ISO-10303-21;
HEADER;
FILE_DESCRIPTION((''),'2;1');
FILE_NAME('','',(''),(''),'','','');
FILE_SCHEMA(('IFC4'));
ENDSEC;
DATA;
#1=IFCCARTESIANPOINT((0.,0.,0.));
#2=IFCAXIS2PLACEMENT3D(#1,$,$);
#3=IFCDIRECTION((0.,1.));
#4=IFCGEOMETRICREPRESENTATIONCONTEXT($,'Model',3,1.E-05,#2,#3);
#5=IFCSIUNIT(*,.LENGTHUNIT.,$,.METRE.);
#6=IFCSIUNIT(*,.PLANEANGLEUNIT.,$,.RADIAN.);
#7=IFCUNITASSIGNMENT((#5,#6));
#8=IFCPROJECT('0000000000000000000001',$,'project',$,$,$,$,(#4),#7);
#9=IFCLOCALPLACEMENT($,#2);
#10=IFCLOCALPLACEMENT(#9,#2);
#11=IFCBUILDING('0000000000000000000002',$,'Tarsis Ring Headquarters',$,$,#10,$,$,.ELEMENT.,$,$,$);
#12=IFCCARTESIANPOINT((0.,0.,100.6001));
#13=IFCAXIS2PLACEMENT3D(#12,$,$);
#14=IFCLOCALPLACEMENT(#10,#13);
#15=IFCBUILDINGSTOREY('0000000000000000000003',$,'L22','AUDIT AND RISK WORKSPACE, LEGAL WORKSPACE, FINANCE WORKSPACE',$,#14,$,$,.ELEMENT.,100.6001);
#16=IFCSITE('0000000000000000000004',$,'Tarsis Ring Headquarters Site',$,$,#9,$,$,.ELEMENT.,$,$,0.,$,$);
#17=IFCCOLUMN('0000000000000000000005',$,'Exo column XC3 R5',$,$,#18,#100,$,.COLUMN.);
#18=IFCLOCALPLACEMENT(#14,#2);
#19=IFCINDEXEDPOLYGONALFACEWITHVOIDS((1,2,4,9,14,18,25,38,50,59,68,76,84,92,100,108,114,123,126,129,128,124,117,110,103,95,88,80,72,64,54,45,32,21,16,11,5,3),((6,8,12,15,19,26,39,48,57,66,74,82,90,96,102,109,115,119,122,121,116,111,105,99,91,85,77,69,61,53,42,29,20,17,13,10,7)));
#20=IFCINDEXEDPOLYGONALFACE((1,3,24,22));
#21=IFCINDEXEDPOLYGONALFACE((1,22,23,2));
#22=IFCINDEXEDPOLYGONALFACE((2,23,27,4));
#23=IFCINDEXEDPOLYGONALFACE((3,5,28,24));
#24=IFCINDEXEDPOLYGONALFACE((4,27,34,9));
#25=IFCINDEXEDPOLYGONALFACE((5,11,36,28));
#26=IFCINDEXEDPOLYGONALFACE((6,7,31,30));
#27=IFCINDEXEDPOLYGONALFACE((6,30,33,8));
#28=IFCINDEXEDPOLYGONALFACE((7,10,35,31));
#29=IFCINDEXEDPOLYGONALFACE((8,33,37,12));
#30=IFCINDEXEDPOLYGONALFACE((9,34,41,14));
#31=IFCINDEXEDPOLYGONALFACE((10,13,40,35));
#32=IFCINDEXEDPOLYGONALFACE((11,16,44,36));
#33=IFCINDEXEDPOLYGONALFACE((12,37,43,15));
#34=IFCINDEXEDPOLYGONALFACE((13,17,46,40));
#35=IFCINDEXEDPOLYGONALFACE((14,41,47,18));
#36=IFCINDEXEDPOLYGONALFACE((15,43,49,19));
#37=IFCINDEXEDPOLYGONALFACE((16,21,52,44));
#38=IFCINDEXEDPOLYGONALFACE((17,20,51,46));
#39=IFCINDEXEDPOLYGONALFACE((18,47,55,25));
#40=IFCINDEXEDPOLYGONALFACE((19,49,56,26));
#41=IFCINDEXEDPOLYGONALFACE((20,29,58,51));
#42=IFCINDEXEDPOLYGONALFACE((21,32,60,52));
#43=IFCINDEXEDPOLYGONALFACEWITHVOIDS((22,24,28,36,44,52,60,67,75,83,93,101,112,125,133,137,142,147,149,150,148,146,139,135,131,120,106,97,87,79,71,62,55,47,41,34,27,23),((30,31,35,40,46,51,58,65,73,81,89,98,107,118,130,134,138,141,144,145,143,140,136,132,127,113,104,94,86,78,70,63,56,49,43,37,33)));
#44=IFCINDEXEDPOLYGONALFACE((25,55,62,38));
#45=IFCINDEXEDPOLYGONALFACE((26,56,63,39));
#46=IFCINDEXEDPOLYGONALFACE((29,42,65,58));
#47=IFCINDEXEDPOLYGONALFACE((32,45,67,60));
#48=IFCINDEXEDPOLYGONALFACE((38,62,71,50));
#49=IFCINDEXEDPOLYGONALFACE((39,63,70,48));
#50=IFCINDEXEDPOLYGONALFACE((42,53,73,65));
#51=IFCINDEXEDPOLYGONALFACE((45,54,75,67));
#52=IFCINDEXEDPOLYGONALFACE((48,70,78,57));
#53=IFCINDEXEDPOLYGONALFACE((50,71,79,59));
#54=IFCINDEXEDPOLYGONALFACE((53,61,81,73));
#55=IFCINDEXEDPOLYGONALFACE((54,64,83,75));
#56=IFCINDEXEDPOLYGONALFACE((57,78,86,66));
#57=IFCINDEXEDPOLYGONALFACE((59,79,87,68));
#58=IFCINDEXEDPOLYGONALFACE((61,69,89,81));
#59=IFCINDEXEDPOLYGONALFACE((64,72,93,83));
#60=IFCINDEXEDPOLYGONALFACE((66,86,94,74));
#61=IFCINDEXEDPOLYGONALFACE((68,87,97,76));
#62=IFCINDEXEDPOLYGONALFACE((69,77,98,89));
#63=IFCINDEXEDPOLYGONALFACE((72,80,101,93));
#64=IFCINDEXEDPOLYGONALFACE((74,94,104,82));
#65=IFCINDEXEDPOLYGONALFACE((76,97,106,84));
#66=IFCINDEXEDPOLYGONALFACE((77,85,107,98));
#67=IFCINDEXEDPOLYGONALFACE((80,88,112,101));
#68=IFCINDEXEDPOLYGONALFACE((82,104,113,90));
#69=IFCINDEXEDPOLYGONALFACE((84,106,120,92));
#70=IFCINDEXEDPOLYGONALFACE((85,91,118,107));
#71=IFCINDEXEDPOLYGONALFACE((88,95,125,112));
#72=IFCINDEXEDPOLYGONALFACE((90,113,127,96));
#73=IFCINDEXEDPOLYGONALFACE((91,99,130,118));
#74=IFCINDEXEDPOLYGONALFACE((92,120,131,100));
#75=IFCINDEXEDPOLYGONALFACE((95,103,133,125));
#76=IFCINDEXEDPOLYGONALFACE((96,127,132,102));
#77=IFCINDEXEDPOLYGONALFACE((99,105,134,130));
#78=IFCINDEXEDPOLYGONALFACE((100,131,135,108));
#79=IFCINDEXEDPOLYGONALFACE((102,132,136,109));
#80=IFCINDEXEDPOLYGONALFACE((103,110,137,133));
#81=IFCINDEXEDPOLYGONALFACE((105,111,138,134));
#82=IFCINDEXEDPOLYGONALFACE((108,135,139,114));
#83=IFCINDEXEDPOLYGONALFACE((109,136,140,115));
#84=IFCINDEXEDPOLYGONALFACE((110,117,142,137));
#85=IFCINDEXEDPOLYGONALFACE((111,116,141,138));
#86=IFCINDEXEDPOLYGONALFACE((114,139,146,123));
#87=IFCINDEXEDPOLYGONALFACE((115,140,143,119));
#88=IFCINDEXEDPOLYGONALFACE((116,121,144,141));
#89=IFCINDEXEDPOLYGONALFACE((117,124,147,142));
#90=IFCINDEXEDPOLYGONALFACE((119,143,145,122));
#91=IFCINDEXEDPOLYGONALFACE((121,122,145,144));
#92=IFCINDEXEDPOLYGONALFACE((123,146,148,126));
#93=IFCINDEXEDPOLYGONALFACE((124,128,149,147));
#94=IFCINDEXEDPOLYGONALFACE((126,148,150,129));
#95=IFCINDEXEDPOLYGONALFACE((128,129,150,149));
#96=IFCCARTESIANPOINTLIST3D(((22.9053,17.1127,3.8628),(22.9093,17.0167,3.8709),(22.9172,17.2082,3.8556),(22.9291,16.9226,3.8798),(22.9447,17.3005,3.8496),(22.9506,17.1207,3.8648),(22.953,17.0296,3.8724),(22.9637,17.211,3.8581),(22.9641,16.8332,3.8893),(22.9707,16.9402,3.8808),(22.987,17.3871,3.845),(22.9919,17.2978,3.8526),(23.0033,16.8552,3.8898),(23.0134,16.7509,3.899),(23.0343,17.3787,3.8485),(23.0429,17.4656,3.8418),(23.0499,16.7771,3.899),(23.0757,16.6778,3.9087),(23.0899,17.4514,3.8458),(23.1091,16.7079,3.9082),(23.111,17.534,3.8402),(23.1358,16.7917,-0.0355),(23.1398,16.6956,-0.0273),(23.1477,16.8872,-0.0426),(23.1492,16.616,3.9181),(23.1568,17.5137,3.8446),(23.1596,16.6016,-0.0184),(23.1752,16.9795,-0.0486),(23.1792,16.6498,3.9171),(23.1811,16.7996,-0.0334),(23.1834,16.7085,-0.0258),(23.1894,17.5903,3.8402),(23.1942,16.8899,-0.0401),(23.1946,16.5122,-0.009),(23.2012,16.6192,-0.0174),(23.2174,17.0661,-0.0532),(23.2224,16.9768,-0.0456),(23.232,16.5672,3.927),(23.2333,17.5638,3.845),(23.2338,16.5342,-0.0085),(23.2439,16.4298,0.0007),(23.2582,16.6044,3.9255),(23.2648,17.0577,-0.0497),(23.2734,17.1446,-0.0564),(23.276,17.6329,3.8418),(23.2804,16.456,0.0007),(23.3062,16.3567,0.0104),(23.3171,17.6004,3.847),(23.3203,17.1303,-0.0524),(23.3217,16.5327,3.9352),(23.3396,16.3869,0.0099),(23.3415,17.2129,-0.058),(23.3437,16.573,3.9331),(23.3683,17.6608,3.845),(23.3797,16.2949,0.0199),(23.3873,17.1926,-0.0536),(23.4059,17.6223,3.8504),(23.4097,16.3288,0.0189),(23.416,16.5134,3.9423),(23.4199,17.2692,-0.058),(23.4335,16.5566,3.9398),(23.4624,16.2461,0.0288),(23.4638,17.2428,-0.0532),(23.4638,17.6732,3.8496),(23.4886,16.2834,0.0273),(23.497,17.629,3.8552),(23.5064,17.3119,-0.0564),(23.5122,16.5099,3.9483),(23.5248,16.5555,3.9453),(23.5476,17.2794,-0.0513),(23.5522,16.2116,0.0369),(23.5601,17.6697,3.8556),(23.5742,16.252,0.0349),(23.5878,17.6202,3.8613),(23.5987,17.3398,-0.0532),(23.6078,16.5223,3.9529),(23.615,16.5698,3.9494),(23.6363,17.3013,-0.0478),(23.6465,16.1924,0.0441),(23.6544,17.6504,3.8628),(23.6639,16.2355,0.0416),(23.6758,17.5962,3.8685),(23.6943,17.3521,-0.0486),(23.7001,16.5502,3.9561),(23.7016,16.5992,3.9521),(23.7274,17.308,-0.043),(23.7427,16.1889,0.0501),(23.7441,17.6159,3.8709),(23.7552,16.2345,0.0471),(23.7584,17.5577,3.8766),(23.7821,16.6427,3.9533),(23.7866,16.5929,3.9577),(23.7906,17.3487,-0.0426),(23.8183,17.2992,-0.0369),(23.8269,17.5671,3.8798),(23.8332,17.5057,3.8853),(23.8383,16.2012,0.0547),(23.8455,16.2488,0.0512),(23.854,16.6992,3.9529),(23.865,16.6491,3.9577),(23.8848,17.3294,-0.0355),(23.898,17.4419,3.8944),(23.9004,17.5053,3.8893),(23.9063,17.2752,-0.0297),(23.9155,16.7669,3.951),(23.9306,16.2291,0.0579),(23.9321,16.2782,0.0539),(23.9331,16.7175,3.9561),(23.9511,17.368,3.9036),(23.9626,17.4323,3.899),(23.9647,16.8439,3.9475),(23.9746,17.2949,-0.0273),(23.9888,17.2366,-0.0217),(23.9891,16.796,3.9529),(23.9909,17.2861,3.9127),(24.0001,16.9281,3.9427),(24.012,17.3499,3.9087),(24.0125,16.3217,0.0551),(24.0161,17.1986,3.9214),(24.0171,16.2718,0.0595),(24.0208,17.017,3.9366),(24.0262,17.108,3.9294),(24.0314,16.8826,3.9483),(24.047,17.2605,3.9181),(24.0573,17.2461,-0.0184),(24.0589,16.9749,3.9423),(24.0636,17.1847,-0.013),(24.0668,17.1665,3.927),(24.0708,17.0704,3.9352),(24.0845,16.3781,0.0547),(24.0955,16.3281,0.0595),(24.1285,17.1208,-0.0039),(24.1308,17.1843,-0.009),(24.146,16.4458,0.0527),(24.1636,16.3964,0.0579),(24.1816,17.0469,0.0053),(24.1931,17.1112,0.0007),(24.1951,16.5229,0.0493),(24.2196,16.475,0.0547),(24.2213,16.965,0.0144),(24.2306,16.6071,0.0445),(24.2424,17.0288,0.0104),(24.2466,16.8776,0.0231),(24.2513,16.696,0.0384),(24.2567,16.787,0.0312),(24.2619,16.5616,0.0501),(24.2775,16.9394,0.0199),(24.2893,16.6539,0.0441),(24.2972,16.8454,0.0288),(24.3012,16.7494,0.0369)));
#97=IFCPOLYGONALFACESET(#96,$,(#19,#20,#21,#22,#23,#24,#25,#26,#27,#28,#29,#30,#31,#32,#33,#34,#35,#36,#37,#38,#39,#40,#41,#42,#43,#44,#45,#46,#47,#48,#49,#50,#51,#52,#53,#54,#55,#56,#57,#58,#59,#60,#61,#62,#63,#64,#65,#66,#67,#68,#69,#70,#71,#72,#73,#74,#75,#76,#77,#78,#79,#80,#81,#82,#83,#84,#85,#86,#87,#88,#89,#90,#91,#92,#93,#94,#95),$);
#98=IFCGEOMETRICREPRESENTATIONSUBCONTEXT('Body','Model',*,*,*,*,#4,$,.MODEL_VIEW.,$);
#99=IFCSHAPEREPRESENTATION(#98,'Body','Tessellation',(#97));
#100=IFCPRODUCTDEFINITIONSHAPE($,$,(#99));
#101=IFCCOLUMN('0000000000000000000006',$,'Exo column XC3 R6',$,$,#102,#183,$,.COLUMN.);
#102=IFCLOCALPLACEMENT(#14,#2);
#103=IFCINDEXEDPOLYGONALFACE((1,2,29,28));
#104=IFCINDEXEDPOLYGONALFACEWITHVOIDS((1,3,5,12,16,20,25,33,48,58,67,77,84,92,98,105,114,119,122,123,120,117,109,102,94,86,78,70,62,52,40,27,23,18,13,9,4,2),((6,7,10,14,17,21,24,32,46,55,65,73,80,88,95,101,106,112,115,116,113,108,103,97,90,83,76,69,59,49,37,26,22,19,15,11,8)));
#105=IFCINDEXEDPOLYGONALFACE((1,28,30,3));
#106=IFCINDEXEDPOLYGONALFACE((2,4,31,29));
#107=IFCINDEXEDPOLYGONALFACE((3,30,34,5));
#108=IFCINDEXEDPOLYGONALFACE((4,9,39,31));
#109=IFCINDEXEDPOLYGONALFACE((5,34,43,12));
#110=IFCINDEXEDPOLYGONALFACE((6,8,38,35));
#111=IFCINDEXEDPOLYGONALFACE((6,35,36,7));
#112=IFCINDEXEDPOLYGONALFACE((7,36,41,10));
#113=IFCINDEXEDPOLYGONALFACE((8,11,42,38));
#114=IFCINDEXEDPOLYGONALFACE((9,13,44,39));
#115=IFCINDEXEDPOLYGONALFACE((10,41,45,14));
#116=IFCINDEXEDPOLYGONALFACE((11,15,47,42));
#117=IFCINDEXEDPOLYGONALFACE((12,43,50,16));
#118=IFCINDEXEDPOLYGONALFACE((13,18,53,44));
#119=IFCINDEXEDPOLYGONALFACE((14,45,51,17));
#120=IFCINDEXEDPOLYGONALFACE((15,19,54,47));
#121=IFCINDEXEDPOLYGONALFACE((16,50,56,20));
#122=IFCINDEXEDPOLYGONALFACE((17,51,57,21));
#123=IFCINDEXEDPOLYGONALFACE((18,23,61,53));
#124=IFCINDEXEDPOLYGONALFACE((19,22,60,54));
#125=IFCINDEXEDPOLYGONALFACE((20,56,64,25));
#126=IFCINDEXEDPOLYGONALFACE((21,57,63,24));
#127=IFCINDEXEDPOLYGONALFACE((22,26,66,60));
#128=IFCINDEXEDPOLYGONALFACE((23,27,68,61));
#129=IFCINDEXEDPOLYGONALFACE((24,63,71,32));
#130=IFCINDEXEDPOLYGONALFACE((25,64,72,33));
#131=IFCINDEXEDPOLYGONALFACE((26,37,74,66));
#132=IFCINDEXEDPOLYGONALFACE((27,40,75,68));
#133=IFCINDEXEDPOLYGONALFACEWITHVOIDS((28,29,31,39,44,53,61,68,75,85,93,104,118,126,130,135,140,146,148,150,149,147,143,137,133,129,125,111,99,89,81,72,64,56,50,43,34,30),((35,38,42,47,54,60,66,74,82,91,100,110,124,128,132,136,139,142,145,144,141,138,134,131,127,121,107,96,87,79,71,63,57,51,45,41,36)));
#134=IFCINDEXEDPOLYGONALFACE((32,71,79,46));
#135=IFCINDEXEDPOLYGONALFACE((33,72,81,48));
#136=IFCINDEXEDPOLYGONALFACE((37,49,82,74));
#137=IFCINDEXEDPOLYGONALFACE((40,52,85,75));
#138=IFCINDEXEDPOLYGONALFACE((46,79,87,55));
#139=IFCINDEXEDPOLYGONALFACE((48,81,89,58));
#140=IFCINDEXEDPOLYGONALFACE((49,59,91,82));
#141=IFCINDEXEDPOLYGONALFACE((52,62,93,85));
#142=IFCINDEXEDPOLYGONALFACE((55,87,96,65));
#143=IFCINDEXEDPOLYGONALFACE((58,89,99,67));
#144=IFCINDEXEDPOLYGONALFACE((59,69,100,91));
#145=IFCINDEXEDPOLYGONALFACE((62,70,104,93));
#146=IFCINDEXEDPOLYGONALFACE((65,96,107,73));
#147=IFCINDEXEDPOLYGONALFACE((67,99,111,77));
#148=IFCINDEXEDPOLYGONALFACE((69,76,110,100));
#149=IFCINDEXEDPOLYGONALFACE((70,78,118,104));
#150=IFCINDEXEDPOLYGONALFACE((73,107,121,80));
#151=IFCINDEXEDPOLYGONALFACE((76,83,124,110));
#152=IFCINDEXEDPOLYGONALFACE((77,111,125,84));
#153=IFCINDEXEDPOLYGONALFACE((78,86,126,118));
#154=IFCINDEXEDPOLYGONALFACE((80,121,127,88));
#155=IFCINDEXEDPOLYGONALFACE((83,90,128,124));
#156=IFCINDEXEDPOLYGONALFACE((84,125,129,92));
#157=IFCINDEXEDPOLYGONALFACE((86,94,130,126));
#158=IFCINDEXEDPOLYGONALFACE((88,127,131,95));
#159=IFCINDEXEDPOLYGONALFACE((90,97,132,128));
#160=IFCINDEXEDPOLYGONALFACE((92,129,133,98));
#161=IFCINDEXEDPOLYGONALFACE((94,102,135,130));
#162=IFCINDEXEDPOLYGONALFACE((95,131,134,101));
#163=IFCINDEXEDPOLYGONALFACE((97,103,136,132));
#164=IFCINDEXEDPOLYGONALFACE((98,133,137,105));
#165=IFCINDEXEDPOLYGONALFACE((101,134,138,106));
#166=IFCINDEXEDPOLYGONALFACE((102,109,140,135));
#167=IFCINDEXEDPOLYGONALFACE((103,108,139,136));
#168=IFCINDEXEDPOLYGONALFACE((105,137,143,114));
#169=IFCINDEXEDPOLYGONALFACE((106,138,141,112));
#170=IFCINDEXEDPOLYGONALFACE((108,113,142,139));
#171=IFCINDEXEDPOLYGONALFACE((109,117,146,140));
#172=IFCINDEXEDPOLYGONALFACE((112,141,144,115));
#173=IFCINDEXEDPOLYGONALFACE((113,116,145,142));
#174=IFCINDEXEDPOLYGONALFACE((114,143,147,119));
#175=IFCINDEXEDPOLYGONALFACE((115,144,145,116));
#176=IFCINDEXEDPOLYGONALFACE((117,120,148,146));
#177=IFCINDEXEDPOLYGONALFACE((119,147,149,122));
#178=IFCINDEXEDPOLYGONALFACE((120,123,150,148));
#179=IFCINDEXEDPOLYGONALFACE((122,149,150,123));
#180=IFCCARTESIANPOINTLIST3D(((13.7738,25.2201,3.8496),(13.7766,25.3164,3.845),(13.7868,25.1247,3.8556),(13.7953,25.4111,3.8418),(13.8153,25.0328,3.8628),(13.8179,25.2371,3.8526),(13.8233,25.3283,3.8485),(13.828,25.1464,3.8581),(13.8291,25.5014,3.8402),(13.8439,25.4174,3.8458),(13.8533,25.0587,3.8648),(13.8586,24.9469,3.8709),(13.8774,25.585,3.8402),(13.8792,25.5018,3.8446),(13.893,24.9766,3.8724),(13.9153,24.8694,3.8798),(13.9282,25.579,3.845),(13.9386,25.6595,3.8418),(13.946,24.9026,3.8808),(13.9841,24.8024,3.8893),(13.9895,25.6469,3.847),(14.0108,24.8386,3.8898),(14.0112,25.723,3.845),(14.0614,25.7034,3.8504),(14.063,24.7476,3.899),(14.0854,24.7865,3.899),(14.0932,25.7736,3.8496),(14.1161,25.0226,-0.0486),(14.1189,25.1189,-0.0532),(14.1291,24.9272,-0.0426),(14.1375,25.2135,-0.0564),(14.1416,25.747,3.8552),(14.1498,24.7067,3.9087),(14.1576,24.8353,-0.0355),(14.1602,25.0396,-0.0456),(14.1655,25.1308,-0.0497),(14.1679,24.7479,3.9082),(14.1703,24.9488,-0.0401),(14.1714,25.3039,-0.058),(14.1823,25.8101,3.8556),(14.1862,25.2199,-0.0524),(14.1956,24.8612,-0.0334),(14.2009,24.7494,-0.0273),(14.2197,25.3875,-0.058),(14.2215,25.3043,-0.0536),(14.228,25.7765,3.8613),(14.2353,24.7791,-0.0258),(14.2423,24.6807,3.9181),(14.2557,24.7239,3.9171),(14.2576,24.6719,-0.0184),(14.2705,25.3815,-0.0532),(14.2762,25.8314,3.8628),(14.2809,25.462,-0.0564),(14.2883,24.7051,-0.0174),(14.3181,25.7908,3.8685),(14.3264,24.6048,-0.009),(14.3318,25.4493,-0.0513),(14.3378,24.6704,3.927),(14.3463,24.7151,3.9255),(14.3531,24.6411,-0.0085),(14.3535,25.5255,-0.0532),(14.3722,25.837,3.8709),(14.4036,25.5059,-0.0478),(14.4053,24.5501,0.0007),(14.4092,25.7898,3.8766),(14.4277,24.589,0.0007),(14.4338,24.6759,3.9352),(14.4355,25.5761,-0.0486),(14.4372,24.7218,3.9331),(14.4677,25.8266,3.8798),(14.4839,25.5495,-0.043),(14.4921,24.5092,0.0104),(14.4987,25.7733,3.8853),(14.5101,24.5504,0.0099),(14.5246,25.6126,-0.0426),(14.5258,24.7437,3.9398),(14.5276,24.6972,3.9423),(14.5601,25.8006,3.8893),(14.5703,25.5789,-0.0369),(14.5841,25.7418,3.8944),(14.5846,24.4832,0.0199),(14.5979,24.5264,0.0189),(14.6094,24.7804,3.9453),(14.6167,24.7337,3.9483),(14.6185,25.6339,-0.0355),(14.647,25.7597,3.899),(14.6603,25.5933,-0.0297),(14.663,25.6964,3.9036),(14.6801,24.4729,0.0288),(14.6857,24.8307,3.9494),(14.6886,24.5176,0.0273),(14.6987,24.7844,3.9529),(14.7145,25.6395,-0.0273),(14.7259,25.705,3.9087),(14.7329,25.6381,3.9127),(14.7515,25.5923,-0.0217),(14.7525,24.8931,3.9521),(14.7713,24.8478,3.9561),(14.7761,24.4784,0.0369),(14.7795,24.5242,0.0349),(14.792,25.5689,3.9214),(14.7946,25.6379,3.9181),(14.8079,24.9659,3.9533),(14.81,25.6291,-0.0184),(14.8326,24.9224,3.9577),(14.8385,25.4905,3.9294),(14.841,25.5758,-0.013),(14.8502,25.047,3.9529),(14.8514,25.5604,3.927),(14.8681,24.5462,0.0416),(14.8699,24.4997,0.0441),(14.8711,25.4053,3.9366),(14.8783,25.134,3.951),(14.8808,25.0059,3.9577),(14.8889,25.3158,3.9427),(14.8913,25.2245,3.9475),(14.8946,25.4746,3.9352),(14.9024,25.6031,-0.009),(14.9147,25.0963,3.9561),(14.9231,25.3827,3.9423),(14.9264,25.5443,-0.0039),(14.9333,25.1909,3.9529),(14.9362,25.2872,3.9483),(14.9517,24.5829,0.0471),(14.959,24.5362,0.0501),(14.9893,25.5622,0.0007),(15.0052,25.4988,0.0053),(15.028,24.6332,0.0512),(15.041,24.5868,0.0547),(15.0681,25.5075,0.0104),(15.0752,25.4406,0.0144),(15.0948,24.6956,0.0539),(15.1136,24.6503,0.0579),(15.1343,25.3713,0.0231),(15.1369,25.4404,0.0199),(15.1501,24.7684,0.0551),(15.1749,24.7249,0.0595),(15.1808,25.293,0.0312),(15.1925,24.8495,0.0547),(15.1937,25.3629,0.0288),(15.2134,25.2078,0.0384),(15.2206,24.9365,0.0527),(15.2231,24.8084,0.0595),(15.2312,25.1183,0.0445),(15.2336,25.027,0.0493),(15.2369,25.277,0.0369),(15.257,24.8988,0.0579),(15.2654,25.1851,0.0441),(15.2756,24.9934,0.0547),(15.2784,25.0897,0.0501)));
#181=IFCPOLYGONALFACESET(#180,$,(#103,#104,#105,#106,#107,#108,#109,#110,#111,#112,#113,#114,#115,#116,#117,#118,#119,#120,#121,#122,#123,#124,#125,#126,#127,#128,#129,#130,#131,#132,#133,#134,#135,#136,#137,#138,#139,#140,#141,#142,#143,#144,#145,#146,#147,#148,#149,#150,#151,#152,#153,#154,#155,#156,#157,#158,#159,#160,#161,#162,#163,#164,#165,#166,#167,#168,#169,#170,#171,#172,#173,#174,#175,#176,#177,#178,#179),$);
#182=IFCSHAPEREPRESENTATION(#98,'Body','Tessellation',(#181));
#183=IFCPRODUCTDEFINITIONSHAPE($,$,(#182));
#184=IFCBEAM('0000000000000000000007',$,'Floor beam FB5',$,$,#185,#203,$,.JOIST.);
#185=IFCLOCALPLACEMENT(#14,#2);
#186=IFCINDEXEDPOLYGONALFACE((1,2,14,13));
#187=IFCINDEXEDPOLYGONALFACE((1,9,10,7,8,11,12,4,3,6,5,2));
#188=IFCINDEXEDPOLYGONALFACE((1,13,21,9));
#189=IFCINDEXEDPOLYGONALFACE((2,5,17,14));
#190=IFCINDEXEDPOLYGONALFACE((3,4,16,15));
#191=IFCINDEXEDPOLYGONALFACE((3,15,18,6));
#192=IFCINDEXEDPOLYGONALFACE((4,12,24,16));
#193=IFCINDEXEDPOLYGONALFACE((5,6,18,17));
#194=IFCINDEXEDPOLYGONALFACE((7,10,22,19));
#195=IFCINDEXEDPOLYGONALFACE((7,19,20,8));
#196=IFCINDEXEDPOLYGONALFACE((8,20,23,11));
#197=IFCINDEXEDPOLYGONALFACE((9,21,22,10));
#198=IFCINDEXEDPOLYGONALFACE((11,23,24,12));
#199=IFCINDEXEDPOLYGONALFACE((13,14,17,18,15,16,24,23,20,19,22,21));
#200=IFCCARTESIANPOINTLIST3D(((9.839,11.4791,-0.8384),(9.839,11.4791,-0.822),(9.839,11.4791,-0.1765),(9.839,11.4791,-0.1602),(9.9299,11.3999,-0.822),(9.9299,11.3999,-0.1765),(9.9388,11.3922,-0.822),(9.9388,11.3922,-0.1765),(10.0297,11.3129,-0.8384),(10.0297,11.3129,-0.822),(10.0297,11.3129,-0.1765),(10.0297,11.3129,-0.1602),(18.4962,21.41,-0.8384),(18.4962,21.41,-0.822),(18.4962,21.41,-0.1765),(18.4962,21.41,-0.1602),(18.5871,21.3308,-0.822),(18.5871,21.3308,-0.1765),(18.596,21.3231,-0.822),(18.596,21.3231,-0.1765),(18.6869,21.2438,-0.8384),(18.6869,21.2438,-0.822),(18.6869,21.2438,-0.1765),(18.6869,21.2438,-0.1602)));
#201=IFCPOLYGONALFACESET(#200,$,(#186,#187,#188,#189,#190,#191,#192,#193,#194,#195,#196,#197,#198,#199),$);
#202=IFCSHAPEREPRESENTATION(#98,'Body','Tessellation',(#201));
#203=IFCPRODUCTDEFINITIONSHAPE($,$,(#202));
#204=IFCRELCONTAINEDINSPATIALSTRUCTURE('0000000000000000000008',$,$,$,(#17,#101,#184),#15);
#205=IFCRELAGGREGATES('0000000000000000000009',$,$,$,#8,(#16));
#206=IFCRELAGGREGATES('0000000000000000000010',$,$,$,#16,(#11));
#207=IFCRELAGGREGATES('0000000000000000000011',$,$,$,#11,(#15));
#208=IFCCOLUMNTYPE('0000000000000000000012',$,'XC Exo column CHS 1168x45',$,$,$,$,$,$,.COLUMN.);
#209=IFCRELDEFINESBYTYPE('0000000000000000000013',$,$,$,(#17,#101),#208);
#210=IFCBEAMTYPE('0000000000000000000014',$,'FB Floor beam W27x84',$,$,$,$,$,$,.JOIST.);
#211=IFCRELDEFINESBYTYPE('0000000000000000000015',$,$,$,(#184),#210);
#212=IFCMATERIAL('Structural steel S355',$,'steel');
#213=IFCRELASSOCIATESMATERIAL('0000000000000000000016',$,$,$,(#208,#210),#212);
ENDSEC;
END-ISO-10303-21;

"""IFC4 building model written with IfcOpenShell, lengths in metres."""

from ifc_helpers import new_model, si_unit, direction, frame, origin, origin_2d, place, context, subcontext, project, spatial, hollow_circle, i_section, extrude, material, material_profile, profile_set, type_object, element, save


model = new_model("IFC4")

# Units and contexts
model_context = context("Model", 3, precision=1e-05, world=origin(), true_north=direction((0.0, 1.0)))
body_context = subcontext(model_context, "Body", "Model", "MODEL_VIEW")
ifc_project = project(units=[si_unit("LENGTHUNIT", "METRE"), si_unit("PLANEANGLEUNIT", "RADIAN")], contexts=[model_context])

# Site, building, storey
site_placement = place(None, origin())
site = spatial("IfcSite", under=ifc_project, at=site_placement, Name="Tarsis Ring Headquarters Site", CompositionType="ELEMENT", RefElevation=0.0)
building_placement = place(site_placement, origin())
building = spatial("IfcBuilding", under=site, at=building_placement, Name="Tarsis Ring Headquarters", CompositionType="ELEMENT")
storey_placement = place(building_placement, frame((0.0, 0.0, 100.6001)))
storey = spatial("IfcBuildingStorey", under=building, at=storey_placement, Name="L22", Description="AUDIT AND RISK WORKSPACE, LEGAL WORKSPACE, FINANCE WORKSPACE", CompositionType="ELEMENT", Elevation=100.6001)

# Columns
ifc_material_1 = material(Name="Structural steel S355", Category="steel")
ifc_material_profile_1 = material_profile(ifc_material_1, hollow_circle(Radius=0.5842, WallThickness=0.0449, at=origin_2d()), Name="CHS 1168x45")
ifc_profile_set_1 = profile_set([ifc_material_profile_1], Name="Structural steel S355")
column_type = type_object("IfcColumnType", Name="XC Exo column CHS 1168x45", PredefinedType="COLUMN", material=ifc_profile_set_1)
for number, where, z_axis, x_axis, name in (
    (1, (23.7185, 16.7705, 0.0007), (-0.05882, 0.081937, 0.9949), (-0.812354, -0.583165, 0.0), "Exo column XC3 R5"),
    (2, (14.6973, 25.0562, 0.0007), (-0.087358, 0.050409, 0.994901), (-0.499794, -0.866144, 0.0), "Exo column XC3 R6"),
):
    element("IfcColumn", number, at=place(storey_placement, frame(where, z_axis=z_axis, x_axis=x_axis)), inside=storey, type_object=column_type, Name=name, PredefinedType="COLUMN", context=body_context, shape_type="SweptSolid", body=[
        extrude(hollow_circle(Radius=0.5842, WallThickness=0.0449, at=origin_2d()), origin(), (0.0, 0.0, 1.0), 3.9182),
    ])

# Beam
ifc_material_profile_2 = material_profile(ifc_material_1, i_section(OverallWidth=0.2529, OverallDepth=0.6782, WebThickness=0.0117, FlangeThickness=0.0164, at=origin_2d()), Name="W27x84")
ifc_profile_set_2 = profile_set([ifc_material_profile_2], Name="Structural steel S355")
beam_type_1 = type_object("IfcBeamType", Name="FB Floor beam W27x84", PredefinedType="JOIST", material=ifc_profile_set_2)
beam_1_placement = place(storey_placement, frame((18.5916, 21.3269, -0.4993), z_axis=(-0.657114, -0.753791, 0.0), x_axis=(0.753791, -0.657114, 0.0)))
element("IfcBeam", 3, at=beam_1_placement, inside=storey, type_object=beam_type_1, Name="Floor beam FB5", PredefinedType="JOIST", context=body_context, shape_type="SweptSolid", body=[
    extrude(i_section(OverallWidth=0.2529, OverallDepth=0.6782, WebThickness=0.0117, FlangeThickness=0.0164, at=origin_2d()), origin(), (0.0, 0.0, 1.0), 13.1746),
])

save(model, "model.ifc")
